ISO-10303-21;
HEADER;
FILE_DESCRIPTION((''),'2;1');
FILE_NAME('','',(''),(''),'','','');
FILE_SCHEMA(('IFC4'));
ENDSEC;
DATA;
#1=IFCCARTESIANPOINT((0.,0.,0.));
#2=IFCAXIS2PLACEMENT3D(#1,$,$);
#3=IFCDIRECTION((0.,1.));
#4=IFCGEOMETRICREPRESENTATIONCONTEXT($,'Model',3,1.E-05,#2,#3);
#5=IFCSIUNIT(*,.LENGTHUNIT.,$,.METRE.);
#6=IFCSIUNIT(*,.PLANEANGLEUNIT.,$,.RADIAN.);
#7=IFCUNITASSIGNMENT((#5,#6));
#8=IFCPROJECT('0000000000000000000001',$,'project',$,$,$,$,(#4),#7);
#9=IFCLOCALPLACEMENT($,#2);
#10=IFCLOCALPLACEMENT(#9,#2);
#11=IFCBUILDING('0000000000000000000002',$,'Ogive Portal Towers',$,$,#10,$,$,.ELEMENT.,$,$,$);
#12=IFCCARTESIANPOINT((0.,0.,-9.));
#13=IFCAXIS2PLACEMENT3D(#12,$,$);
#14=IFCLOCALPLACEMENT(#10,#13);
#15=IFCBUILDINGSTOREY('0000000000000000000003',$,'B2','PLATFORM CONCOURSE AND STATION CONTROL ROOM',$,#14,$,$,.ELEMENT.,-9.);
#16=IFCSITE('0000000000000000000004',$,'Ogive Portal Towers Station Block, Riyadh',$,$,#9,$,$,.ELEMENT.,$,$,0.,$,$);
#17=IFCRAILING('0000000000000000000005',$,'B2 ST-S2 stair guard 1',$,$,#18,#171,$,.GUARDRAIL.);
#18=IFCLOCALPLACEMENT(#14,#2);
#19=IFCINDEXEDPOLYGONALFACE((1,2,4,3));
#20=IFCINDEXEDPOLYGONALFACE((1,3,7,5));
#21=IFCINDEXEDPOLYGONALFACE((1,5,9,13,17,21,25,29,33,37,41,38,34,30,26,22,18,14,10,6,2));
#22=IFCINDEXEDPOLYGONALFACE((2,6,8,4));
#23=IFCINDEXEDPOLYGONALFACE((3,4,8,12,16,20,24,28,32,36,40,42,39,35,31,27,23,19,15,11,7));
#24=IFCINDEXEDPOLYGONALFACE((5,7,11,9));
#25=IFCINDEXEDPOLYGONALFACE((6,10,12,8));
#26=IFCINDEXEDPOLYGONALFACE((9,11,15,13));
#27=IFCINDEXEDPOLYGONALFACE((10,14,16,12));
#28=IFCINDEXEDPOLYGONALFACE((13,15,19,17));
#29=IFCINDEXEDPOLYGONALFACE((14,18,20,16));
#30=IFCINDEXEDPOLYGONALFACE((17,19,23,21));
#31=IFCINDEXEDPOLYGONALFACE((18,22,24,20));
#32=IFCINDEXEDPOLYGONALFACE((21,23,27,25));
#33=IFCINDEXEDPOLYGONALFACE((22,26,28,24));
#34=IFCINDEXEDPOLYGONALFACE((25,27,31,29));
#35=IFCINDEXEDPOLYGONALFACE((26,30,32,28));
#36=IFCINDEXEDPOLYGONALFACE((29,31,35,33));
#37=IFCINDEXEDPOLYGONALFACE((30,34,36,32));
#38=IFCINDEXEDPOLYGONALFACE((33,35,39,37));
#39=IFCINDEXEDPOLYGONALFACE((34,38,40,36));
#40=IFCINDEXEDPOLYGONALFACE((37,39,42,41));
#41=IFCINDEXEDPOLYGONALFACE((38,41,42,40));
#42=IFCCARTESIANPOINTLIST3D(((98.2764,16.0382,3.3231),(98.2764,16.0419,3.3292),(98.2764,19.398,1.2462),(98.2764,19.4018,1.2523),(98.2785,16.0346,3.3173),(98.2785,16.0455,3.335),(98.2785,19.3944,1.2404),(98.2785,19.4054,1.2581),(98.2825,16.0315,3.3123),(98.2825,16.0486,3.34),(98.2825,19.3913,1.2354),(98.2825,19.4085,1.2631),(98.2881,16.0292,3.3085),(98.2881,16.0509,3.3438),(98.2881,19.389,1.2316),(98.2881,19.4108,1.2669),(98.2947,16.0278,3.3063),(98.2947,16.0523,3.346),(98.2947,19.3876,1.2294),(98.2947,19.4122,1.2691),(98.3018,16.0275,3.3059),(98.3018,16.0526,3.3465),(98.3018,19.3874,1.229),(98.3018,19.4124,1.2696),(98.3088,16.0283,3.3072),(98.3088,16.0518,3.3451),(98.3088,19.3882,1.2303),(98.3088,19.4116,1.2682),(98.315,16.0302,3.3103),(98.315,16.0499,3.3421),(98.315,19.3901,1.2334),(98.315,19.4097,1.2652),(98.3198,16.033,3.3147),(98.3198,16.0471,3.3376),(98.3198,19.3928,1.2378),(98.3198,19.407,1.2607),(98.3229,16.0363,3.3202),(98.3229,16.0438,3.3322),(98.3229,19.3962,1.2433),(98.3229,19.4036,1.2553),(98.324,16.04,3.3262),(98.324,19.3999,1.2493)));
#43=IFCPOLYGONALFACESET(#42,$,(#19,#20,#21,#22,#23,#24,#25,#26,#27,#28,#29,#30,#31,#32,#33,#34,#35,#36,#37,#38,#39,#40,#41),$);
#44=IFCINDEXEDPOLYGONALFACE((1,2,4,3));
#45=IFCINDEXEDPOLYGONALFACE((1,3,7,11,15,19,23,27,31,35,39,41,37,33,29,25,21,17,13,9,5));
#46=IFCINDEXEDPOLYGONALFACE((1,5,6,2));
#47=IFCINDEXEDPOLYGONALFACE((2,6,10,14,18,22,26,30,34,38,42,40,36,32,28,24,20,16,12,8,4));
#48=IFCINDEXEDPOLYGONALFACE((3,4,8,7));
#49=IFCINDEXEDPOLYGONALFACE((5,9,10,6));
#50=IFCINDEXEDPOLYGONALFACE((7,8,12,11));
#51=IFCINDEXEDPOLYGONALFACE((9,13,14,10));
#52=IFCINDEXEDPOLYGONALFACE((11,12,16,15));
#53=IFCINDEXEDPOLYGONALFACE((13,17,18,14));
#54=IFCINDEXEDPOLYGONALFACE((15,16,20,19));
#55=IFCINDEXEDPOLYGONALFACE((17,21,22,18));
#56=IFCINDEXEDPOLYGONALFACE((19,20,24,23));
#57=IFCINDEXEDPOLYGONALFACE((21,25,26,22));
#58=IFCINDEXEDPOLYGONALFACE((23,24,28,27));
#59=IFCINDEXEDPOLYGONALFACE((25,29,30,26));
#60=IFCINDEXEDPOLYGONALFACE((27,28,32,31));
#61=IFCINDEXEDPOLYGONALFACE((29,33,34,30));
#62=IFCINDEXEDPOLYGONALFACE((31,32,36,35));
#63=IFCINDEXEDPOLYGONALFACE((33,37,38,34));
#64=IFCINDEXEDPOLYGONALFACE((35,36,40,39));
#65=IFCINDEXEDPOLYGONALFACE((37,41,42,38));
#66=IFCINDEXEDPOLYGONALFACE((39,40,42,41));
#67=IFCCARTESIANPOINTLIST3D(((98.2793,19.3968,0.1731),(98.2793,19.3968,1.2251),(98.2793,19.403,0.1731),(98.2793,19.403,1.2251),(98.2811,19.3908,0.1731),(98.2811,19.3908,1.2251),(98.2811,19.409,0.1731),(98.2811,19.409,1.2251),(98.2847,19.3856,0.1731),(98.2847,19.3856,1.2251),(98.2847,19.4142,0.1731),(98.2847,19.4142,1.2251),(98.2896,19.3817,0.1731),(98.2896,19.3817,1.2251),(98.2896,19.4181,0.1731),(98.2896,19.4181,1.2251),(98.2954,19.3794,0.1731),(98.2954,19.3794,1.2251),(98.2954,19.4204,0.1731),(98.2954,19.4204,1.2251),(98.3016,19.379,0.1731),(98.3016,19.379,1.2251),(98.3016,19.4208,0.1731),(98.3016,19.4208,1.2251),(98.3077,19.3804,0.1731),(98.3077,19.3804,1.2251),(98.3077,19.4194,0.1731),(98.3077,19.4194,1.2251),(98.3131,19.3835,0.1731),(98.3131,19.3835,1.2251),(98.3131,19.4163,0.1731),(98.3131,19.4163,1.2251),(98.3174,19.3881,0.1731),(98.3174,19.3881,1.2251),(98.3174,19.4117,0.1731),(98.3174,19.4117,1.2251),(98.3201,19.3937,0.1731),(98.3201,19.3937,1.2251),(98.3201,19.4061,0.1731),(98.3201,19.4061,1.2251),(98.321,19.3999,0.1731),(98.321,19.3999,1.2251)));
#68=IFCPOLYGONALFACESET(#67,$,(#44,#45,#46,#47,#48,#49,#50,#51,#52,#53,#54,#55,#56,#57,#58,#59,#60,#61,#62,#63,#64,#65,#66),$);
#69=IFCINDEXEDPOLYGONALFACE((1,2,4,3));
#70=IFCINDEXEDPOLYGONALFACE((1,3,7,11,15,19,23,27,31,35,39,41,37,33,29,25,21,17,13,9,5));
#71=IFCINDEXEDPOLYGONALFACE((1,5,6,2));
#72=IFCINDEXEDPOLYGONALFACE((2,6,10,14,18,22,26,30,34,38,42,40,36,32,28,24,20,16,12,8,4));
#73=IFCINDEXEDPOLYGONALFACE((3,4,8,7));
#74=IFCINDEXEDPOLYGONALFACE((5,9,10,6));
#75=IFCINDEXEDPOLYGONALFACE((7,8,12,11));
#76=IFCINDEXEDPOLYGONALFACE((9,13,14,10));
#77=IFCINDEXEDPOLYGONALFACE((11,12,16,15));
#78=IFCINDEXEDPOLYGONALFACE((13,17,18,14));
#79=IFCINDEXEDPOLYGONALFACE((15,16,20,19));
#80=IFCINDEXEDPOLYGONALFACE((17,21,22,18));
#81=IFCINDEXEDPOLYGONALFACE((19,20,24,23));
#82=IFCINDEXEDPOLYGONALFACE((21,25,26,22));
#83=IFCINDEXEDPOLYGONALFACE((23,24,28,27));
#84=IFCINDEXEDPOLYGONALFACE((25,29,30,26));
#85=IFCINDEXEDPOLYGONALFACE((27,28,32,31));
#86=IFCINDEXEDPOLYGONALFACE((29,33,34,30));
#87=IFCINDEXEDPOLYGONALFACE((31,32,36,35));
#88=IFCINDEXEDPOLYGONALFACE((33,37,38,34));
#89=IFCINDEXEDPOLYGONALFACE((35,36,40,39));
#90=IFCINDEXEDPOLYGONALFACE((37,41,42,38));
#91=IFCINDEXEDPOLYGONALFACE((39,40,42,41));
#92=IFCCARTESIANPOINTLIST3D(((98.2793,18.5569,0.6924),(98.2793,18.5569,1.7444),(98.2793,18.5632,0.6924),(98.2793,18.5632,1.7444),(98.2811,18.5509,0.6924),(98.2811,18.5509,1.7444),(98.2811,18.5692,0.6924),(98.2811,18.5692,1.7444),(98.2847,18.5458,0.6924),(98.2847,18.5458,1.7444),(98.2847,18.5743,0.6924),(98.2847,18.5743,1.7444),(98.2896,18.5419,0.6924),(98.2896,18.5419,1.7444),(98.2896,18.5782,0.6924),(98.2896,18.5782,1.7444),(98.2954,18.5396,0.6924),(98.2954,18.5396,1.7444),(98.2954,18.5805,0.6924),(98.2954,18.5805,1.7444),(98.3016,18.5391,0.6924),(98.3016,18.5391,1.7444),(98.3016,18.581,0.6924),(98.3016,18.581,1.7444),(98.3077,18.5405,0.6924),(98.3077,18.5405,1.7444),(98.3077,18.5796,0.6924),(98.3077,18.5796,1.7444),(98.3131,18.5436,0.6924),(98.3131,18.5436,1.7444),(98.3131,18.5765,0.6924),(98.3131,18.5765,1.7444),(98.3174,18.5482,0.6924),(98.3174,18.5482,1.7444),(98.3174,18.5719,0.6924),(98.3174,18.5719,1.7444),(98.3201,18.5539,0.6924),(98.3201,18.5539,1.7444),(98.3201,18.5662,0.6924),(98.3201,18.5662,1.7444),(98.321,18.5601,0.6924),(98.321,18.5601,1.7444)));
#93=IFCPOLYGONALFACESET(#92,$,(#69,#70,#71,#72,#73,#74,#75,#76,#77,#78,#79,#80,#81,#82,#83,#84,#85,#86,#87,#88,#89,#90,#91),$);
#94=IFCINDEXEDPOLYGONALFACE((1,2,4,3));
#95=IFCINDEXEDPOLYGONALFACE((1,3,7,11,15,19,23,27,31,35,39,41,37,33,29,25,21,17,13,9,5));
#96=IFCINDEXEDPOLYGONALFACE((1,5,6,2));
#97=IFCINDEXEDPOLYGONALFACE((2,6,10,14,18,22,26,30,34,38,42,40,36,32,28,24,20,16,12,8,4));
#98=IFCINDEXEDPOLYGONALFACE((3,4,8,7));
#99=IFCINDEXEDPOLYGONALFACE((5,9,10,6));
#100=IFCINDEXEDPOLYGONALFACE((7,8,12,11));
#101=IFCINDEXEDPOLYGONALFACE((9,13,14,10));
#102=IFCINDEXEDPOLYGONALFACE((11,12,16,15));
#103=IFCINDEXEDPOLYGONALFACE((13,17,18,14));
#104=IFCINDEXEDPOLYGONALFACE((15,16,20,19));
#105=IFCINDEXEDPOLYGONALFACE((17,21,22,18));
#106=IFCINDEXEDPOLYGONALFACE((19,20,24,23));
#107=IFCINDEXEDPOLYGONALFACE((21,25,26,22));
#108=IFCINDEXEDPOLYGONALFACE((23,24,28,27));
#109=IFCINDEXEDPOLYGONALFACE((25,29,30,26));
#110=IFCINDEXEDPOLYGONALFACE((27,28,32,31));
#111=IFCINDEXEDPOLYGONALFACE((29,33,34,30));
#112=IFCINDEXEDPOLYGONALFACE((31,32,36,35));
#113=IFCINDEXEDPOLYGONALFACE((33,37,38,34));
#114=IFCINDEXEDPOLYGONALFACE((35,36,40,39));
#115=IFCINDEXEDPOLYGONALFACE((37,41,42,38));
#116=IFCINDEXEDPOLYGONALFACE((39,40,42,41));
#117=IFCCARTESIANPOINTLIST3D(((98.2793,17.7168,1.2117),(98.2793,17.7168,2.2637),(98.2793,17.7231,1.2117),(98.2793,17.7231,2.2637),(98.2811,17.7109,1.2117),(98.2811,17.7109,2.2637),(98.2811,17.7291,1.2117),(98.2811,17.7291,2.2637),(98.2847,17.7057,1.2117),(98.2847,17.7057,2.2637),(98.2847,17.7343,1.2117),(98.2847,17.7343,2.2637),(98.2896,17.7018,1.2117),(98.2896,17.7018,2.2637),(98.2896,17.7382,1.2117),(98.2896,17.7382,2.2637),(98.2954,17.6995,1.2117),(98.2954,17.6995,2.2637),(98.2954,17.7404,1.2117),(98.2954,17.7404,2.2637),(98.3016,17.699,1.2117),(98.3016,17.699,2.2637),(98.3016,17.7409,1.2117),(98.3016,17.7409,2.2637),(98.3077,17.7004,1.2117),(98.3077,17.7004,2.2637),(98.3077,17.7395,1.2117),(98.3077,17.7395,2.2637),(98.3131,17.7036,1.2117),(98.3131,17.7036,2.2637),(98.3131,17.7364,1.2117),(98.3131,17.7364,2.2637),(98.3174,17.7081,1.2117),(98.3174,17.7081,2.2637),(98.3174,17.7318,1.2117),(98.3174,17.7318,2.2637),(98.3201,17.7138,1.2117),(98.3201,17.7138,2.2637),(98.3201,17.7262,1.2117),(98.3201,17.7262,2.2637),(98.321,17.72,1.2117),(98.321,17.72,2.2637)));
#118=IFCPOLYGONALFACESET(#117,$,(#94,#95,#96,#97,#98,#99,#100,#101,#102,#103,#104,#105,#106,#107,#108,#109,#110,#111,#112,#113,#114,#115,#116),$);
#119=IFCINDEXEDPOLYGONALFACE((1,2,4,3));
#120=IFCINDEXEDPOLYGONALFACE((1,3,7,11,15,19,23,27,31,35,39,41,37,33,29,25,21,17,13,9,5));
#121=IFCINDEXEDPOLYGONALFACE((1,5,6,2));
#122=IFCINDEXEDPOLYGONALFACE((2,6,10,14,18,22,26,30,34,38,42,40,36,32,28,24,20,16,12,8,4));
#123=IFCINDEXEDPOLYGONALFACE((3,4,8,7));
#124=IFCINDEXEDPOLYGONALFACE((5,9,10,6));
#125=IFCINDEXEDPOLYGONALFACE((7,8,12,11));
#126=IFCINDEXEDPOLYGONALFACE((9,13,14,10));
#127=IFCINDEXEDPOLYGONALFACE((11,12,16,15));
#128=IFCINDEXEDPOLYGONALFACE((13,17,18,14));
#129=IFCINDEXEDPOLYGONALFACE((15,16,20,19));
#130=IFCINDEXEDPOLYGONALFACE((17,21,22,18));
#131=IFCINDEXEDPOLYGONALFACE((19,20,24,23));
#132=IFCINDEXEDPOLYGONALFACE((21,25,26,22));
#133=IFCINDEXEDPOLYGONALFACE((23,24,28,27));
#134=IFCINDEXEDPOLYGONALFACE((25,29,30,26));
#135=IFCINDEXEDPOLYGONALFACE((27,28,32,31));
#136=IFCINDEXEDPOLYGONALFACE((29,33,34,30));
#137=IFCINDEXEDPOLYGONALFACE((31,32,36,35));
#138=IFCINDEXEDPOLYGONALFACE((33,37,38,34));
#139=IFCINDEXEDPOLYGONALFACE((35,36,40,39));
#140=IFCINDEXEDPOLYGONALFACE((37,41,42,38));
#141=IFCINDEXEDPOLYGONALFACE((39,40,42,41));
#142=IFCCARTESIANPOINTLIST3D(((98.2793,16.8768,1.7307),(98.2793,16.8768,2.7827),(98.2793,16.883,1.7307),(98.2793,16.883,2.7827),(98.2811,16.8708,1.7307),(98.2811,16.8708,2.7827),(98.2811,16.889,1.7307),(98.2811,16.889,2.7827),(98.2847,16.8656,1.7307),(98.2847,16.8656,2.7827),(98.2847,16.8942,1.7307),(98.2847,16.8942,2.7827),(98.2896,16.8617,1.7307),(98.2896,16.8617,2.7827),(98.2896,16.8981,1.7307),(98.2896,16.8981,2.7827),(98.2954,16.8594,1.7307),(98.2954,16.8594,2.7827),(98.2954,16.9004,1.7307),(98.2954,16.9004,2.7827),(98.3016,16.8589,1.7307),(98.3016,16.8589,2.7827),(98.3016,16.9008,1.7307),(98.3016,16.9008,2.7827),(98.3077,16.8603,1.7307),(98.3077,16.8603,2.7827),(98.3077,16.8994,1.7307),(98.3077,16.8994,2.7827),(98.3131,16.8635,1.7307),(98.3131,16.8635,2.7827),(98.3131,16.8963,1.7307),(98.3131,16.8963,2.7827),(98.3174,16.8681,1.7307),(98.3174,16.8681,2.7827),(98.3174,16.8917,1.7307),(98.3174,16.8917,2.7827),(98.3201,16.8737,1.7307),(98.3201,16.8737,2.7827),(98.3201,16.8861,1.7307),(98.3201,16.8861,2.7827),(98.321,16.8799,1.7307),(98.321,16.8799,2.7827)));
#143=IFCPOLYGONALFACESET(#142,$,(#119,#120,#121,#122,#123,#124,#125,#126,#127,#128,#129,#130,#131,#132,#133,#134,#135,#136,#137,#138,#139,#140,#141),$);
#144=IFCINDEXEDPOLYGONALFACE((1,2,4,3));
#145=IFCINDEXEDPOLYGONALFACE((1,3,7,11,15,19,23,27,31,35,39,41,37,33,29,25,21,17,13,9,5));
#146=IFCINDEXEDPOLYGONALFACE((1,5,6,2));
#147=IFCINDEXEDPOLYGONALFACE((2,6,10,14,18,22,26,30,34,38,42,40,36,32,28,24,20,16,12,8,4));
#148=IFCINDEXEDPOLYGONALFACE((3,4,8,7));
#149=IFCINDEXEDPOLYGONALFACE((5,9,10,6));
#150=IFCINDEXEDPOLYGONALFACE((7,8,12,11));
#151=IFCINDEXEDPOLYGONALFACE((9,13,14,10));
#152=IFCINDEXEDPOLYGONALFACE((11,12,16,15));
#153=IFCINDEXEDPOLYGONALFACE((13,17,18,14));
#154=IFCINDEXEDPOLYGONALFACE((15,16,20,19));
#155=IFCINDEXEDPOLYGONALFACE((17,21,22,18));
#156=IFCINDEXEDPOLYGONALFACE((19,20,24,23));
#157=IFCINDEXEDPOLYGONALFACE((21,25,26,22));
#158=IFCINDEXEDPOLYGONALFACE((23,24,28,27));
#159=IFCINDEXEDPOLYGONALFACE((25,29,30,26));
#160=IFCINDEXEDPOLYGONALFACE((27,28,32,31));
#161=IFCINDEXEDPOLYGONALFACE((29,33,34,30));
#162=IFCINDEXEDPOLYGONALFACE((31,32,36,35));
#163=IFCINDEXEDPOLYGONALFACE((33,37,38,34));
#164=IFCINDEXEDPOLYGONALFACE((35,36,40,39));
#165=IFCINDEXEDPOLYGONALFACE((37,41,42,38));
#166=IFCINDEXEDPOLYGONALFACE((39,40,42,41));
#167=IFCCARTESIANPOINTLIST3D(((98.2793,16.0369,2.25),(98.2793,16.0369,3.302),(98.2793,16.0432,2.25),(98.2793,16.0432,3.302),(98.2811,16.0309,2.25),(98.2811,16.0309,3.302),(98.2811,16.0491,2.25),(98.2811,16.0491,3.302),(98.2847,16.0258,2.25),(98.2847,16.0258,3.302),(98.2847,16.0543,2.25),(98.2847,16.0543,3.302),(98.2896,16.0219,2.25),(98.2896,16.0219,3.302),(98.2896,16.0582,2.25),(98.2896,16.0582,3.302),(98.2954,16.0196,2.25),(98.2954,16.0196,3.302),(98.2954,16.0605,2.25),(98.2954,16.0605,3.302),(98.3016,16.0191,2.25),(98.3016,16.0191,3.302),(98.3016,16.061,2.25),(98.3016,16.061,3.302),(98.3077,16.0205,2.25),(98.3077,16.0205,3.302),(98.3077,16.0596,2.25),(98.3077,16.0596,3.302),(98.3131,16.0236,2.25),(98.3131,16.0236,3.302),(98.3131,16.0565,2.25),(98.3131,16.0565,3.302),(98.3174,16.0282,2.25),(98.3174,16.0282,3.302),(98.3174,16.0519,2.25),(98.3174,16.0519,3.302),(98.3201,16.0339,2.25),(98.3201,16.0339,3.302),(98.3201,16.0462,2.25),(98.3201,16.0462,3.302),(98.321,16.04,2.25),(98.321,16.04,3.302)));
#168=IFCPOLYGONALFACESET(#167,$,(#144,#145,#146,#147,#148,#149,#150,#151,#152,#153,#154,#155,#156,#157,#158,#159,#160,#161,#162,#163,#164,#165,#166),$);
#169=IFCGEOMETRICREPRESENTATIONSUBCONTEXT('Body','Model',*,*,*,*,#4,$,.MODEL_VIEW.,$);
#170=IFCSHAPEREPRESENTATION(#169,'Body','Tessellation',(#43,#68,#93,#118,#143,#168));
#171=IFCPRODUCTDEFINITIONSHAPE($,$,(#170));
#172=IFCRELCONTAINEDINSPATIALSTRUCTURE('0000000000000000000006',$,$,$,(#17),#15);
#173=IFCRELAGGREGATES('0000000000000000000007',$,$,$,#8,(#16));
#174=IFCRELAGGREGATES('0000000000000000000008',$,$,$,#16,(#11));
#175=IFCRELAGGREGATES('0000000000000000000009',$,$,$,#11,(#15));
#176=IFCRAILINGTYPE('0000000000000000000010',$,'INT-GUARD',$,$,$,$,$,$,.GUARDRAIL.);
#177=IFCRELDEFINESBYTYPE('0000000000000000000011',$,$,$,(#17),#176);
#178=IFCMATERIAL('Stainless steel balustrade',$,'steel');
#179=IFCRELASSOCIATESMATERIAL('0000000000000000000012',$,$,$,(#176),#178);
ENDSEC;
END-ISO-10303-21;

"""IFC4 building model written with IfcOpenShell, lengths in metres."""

from ifc_helpers import new_model, si_unit, direction, frame, origin, origin_2d, place, context, subcontext, project, spatial, circle, extrude, material, type_object, element, save


model = new_model("IFC4")

# Units and contexts
model_context = context("Model", 3, precision=1e-05, world=origin(), true_north=direction((0.0, 1.0)))
body_context = subcontext(model_context, "Body", "Model", "MODEL_VIEW")
ifc_project = project(units=[si_unit("LENGTHUNIT", "METRE"), si_unit("PLANEANGLEUNIT", "RADIAN")], contexts=[model_context])

# Site, building, storey
site_placement = place(None, origin())
site = spatial("IfcSite", under=ifc_project, at=site_placement, Name="Ogive Portal Towers Station Block, Riyadh", CompositionType="ELEMENT", RefElevation=0.0)
building_placement = place(site_placement, origin())
building = spatial("IfcBuilding", under=site, at=building_placement, Name="Ogive Portal Towers", CompositionType="ELEMENT")
storey_placement = place(building_placement, frame((0.0, 0.0, -9.0)))
storey = spatial("IfcBuildingStorey", under=building, at=storey_placement, Name="B2", Description="PLATFORM CONCOURSE AND STATION CONTROL ROOM", CompositionType="ELEMENT", Elevation=-9.0)

# Railing
ifc_material_1 = material(Name="Stainless steel balustrade", Category="steel")
railing_type_1 = type_object("IfcRailingType", Name="INT-GUARD", PredefinedType="GUARDRAIL", material=ifc_material_1)
railing_1_placement = place(storey_placement, frame((98.3, 19.3999, 0.1731)))
element("IfcRailing", 1, at=railing_1_placement, inside=storey, type_object=railing_type_1, Name="B2 ST-S2 stair guard 1", PredefinedType="GUARDRAIL", context=body_context, shape_type="SweptSolid", body=[
    extrude(circle(Radius=0.0239, at=origin_2d()), frame((0.0, 0.0, 1.0762), z_axis=(0.0, -0.850606, 0.525803), x_axis=(1.0, 0.0, 0.0)), (0.0, 0.0, 1.0), 3.95),
    extrude(circle(Radius=0.021, at=origin_2d()), origin(), (0.0, 0.0, 1.0), 1.052),
    extrude(circle(Radius=0.021, at=origin_2d()), frame((0.0, -0.8398, 0.5193)), (0.0, 0.0, 1.0), 1.052),
    extrude(circle(Radius=0.021, at=origin_2d()), frame((0.0, -1.6799, 1.0386)), (0.0, 0.0, 1.0), 1.052),
    extrude(circle(Radius=0.021, at=origin_2d()), frame((0.0, -2.52, 1.5576)), (0.0, 0.0, 1.0), 1.052),
    extrude(circle(Radius=0.021, at=origin_2d()), frame((0.0, -3.3599, 2.0769)), (0.0, 0.0, 1.0), 1.052),
])

save(model, "model.ifc")
